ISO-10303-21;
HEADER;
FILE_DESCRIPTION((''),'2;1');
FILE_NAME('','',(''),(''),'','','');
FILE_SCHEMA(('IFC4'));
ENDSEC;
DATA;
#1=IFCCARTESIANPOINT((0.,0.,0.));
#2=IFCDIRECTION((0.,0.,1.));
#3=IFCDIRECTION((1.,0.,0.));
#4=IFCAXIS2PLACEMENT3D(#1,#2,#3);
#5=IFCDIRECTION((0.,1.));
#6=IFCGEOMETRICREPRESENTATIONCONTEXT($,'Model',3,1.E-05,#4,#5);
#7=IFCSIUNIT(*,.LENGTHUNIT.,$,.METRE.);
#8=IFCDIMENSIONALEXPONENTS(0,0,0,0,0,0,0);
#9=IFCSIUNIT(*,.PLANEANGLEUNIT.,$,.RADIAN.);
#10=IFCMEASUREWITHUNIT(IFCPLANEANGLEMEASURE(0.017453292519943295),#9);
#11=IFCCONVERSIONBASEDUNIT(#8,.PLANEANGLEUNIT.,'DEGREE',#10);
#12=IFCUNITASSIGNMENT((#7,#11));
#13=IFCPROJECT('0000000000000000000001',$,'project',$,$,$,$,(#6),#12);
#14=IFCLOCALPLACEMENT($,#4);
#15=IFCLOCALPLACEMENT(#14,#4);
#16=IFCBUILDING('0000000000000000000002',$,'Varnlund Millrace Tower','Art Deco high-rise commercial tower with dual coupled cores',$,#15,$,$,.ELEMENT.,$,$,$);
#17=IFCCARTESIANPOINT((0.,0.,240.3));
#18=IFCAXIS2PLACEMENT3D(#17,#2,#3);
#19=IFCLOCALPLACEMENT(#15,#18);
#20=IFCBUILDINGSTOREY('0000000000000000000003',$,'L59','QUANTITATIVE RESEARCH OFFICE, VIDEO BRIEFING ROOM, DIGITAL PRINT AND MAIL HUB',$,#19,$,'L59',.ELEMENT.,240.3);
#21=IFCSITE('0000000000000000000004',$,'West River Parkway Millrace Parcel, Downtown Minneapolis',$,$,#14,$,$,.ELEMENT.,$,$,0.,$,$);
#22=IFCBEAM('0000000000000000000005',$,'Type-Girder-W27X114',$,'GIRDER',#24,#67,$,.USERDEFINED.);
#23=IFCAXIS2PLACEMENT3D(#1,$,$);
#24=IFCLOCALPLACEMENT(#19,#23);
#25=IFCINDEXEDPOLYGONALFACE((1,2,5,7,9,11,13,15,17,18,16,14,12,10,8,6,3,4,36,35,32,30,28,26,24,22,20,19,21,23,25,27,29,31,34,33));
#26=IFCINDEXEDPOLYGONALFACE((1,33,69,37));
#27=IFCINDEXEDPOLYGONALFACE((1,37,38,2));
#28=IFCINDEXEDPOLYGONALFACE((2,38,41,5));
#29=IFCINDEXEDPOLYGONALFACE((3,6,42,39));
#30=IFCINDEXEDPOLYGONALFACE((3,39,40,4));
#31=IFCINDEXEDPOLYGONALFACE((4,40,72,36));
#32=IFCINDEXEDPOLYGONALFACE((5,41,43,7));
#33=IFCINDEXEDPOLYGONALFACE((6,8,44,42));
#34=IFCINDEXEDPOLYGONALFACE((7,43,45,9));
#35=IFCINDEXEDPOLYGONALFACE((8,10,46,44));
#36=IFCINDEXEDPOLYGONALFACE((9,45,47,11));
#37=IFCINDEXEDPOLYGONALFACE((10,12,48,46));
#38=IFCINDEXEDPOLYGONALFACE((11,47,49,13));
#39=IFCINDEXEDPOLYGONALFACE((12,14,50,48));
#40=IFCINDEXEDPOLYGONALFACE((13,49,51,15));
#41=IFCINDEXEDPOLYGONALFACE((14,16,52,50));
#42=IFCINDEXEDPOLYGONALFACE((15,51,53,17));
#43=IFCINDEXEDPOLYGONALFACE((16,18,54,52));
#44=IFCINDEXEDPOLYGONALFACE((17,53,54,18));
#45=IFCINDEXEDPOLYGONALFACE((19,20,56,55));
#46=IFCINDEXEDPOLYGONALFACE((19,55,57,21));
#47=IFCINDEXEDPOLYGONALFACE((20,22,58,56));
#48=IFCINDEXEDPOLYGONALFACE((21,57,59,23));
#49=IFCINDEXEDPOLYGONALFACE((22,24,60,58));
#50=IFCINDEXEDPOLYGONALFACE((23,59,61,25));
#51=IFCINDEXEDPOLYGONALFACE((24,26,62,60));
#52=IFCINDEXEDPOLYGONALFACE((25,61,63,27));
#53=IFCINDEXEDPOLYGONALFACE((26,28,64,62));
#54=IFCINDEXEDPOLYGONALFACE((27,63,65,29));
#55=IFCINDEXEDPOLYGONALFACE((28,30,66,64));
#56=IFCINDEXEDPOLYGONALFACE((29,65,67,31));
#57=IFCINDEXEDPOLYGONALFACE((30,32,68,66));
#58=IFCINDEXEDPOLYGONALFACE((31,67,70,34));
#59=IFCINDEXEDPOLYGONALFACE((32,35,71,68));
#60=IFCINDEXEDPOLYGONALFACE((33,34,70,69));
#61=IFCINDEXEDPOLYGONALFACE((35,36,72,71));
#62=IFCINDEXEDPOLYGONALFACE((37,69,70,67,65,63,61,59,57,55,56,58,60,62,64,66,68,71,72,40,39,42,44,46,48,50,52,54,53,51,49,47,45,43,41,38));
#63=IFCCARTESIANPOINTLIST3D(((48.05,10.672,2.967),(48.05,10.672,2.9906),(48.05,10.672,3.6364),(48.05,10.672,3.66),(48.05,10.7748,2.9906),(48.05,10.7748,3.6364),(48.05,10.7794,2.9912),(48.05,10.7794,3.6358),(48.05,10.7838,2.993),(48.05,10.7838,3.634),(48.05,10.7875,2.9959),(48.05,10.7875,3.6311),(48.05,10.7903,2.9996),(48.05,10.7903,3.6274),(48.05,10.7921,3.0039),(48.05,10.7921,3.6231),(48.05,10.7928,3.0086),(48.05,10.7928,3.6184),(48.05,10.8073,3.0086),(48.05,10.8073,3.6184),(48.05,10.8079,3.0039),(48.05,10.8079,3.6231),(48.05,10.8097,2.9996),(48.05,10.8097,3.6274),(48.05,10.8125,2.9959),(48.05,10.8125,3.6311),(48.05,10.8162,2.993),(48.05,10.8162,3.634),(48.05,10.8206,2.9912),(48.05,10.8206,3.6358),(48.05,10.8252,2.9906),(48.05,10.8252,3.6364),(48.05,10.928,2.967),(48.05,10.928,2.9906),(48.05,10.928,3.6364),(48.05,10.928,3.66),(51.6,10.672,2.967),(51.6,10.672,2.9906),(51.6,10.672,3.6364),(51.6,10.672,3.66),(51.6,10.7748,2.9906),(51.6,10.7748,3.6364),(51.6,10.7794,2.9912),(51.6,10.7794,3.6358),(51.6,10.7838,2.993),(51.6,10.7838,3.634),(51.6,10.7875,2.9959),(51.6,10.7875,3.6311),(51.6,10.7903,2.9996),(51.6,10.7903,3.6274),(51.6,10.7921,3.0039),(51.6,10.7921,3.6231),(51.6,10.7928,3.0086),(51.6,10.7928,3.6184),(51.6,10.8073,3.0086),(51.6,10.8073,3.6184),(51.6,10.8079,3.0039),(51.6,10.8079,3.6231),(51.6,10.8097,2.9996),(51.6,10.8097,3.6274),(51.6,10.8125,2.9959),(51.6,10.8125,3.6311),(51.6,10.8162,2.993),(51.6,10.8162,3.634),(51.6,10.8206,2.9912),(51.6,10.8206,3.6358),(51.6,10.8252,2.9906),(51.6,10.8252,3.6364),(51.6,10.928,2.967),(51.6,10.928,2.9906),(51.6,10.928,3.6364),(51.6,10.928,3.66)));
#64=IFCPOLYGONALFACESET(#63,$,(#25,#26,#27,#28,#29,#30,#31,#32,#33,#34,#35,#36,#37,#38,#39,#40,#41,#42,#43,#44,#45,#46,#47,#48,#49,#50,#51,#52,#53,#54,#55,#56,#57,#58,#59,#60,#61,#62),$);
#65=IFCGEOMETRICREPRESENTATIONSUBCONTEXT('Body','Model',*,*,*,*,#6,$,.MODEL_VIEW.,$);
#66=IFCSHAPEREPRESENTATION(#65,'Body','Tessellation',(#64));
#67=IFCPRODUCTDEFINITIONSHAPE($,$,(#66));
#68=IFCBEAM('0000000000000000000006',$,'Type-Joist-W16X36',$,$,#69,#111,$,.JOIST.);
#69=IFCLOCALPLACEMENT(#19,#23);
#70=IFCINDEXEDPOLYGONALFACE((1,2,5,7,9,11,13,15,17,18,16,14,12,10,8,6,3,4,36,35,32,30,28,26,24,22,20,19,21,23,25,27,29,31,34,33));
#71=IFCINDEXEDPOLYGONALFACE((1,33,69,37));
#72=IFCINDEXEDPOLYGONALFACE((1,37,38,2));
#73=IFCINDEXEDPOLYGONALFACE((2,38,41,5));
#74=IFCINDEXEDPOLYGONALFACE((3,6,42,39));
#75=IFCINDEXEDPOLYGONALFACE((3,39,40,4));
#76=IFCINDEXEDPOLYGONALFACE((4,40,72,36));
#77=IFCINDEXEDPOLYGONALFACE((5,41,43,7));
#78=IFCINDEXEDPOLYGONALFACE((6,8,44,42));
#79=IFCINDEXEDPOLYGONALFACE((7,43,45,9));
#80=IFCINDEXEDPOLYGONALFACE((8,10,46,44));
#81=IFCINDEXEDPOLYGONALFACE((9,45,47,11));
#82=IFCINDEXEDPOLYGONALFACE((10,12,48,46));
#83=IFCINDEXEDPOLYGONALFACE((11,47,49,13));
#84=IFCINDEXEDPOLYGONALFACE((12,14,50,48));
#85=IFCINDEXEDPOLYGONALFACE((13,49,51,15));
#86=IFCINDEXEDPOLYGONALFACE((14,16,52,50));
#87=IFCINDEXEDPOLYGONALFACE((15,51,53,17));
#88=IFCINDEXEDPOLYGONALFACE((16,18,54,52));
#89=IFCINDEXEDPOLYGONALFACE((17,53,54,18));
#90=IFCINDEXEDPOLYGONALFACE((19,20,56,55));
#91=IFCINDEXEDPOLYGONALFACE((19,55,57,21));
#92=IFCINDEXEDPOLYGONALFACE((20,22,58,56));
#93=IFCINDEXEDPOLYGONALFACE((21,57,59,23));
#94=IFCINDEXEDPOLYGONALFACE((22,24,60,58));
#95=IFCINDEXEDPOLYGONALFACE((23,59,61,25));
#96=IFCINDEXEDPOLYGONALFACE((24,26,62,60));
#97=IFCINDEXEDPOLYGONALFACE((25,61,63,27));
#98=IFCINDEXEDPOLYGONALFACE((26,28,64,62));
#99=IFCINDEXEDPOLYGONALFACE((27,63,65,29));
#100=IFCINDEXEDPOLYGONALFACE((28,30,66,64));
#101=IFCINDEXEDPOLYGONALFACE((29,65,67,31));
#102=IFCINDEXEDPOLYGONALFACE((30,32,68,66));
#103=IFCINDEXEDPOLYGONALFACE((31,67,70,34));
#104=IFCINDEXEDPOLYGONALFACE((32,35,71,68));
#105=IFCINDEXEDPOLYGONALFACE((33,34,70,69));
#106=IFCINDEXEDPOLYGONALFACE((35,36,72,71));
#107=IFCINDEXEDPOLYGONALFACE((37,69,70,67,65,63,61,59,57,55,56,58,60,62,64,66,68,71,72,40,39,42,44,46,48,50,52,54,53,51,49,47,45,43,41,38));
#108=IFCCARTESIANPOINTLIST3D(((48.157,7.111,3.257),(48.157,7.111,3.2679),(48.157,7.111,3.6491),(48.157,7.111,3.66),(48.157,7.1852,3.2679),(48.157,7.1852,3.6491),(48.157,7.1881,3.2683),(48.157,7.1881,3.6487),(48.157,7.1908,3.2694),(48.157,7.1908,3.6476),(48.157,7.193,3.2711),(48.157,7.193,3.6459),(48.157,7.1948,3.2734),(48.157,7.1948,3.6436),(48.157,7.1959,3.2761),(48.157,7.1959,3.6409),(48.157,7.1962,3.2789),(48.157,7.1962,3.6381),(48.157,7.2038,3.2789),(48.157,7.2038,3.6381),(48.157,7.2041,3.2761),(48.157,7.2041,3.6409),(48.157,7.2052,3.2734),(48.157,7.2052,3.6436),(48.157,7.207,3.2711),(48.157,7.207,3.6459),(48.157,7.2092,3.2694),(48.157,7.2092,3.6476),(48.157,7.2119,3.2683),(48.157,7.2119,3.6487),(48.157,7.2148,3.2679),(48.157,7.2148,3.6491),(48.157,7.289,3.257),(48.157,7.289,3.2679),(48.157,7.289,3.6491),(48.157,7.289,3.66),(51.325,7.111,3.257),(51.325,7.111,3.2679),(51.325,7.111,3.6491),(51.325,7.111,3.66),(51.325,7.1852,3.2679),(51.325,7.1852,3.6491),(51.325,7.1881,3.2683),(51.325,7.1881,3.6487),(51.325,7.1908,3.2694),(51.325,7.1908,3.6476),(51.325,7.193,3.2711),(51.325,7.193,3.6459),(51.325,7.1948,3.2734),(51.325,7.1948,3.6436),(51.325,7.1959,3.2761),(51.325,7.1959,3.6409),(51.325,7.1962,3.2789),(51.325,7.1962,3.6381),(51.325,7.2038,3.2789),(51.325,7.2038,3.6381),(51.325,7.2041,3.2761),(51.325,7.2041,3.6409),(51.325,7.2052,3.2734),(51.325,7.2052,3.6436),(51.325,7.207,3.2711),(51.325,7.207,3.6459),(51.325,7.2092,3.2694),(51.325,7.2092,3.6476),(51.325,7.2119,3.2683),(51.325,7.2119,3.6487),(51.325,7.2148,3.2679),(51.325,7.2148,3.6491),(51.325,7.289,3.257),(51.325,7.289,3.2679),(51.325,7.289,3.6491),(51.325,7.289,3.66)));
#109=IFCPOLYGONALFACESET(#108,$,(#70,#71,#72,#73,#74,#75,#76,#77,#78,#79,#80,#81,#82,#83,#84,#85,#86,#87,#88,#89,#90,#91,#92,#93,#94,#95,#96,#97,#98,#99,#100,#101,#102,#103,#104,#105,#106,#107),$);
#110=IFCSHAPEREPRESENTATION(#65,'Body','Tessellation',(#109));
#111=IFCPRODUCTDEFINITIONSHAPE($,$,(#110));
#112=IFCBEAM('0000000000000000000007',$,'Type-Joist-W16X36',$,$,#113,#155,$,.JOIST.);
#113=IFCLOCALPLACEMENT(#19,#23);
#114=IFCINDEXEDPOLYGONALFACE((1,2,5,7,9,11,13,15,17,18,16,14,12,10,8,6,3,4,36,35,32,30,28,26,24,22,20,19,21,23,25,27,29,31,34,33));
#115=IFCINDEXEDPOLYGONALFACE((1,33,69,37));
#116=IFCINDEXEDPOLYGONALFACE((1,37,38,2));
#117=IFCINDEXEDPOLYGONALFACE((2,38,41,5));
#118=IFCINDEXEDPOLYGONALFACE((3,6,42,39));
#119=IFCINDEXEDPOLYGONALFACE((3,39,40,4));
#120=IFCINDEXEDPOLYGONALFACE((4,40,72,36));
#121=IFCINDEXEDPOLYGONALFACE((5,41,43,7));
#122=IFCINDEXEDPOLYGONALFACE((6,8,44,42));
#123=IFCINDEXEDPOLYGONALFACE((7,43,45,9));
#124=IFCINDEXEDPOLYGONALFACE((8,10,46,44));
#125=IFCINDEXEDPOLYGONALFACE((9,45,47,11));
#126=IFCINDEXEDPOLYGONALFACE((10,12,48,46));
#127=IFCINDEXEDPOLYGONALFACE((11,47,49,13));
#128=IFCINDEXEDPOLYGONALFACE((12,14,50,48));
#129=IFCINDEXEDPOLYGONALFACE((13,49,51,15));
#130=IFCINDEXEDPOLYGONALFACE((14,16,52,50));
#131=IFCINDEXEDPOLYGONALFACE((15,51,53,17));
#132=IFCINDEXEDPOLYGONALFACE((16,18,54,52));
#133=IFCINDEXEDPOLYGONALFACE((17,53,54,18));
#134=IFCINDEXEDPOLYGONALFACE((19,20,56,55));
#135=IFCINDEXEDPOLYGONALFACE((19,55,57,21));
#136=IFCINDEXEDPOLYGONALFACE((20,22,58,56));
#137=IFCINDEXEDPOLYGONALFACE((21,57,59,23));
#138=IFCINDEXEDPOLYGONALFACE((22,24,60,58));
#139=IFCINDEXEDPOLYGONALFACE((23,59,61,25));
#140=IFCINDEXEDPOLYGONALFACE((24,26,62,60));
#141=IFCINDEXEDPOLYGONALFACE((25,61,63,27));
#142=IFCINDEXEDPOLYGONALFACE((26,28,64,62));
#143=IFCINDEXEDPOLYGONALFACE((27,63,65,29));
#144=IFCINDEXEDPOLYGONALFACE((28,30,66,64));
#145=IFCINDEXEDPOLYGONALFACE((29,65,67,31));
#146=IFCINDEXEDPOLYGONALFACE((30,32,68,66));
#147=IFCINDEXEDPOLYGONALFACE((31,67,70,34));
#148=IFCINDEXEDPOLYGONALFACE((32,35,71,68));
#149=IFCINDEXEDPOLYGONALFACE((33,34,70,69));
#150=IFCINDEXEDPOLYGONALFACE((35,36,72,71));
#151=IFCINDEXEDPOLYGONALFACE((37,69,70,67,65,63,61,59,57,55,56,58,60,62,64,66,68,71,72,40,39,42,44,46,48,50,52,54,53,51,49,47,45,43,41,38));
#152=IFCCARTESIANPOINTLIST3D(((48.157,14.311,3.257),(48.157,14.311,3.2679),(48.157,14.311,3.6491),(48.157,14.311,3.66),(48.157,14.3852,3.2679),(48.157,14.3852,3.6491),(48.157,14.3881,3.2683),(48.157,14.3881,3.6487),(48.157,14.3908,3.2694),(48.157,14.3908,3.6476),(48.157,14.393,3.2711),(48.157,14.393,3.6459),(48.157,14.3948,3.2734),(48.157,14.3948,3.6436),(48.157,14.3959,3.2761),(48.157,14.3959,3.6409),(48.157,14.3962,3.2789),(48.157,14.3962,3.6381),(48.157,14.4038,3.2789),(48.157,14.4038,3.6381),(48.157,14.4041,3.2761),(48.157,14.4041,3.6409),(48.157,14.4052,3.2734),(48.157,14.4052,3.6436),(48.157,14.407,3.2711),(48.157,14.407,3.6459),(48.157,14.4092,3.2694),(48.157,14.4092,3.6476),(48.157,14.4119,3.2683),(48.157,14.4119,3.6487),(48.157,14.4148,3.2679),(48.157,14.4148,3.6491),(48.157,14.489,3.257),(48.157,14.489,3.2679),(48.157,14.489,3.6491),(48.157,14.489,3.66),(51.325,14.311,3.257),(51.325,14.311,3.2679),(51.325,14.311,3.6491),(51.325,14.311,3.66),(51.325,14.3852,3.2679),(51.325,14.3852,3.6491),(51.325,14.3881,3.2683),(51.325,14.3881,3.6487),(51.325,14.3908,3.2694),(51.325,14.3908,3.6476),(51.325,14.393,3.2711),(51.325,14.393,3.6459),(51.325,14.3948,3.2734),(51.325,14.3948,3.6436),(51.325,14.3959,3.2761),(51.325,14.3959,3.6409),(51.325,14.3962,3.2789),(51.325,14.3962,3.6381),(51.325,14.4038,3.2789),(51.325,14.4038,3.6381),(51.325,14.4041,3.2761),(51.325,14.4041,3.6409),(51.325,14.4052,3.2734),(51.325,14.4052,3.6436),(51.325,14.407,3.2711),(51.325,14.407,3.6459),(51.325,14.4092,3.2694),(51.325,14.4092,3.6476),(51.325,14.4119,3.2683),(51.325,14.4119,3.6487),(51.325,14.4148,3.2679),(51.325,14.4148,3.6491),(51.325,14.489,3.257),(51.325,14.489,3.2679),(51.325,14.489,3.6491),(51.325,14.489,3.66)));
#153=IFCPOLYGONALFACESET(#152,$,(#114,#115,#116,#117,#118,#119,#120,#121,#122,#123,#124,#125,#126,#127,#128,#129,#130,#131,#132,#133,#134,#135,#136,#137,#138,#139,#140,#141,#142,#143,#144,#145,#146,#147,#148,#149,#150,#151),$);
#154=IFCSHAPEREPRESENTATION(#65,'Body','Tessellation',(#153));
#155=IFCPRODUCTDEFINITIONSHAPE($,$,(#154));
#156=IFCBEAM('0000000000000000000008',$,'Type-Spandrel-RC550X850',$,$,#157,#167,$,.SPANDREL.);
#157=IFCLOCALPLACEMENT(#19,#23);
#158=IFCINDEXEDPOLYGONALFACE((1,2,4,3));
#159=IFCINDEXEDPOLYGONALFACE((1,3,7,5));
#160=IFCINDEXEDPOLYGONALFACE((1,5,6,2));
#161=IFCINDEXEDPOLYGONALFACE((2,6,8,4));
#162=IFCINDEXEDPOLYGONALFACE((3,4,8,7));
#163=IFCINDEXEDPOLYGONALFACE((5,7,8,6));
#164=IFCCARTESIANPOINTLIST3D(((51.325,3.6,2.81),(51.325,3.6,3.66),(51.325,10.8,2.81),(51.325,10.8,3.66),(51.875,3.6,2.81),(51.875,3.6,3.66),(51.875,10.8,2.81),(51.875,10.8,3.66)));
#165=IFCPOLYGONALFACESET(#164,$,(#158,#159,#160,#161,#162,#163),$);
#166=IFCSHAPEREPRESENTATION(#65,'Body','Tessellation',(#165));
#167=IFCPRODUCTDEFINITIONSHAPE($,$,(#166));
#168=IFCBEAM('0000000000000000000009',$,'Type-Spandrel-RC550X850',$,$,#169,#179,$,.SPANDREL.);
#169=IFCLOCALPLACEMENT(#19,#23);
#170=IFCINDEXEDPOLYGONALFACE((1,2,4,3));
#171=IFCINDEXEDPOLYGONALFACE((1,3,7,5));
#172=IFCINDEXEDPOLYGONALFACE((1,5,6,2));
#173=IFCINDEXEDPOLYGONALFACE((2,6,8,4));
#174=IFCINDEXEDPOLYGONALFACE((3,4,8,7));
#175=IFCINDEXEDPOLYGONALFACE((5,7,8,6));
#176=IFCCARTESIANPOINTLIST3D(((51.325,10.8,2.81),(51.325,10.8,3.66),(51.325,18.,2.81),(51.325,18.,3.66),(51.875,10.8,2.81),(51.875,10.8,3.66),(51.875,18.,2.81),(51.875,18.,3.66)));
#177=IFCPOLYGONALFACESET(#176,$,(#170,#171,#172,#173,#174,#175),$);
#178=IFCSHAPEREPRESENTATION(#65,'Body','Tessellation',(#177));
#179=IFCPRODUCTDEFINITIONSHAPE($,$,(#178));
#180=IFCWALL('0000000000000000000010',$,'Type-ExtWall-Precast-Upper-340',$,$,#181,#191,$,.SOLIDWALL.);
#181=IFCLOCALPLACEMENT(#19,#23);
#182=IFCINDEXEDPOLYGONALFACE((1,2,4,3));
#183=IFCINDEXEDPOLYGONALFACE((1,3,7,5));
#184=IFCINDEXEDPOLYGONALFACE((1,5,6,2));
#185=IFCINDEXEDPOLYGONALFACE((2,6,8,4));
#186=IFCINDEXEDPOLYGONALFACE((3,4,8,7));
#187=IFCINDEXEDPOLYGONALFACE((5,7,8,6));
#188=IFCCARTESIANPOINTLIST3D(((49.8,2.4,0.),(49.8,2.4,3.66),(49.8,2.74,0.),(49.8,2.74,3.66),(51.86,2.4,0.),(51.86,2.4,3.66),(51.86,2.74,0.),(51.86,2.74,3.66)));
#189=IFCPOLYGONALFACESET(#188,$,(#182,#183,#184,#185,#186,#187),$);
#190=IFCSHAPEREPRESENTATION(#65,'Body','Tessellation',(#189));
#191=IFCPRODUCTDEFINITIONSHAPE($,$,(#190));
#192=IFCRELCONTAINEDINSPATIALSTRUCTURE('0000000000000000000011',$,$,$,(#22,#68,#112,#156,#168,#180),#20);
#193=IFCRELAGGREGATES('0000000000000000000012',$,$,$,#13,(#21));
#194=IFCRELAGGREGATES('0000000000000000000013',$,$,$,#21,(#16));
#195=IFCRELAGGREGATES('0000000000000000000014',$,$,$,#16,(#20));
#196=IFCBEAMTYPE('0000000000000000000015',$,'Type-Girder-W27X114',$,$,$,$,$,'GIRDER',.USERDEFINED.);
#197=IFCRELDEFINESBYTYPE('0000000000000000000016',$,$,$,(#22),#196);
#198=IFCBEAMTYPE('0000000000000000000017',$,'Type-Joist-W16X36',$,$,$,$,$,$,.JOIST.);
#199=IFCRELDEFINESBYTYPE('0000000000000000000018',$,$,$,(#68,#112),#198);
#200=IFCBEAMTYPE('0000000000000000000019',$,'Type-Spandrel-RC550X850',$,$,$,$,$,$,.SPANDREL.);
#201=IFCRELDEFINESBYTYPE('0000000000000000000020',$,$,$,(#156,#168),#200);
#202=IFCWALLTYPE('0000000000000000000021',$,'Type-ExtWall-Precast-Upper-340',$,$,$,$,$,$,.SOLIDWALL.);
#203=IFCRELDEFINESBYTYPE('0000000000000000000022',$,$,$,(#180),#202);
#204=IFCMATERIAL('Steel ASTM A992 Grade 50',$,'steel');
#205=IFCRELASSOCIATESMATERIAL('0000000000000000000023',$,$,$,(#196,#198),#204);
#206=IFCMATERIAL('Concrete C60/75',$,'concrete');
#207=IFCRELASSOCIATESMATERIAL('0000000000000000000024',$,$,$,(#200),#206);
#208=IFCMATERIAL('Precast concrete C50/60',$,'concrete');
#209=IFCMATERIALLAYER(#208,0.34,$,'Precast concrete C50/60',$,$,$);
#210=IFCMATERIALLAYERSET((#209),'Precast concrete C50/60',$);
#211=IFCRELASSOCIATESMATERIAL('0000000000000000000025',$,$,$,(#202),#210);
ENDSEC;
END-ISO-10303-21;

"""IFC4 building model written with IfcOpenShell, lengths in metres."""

from ifc_helpers import new_model, entity, si_unit, converted_unit, direction, frame, origin_with_axes, origin_2d_with_axis, place, context, subcontext, project, spatial, polyline, rectangle, i_section, outline, extrude, material, layer, layer_set, material_profile, profile_set, type_object, element, save


model = new_model("IFC4")

# Units and contexts
model_context = context("Model", 3, precision=1e-05, world=origin_with_axes(), true_north=direction((0.0, 1.0)))
body_context = subcontext(model_context, "Body", "Model", "MODEL_VIEW")
ifc_project = project(units=[si_unit("LENGTHUNIT", "METRE"), converted_unit("PLANEANGLEUNIT", "DEGREE", entity("IfcPlaneAngleMeasure", 0.017453292519943295), si_unit("PLANEANGLEUNIT", "RADIAN"), dimensions=[0, 0, 0, 0, 0, 0, 0])], contexts=[model_context])

# Site, building, storey
site_placement = place(None, origin_with_axes())
site = spatial("IfcSite", under=ifc_project, at=site_placement, Name="West River Parkway Millrace Parcel, Downtown Minneapolis", CompositionType="ELEMENT", RefElevation=0.0)
building_placement = place(site_placement, origin_with_axes())
building = spatial("IfcBuilding", under=site, at=building_placement, Name="Varnlund Millrace Tower", Description="Art Deco high-rise commercial tower with dual coupled cores", CompositionType="ELEMENT")
storey_placement = place(building_placement, frame((0.0, 0.0, 240.3), z_axis=(0.0, 0.0, 1.0), x_axis=(1.0, 0.0, 0.0)))
storey = spatial("IfcBuildingStorey", under=building, at=storey_placement, Name="L59", Description="QUANTITATIVE RESEARCH OFFICE, VIDEO BRIEFING ROOM, DIGITAL PRINT AND MAIL HUB", LongName="L59", CompositionType="ELEMENT", Elevation=240.3)

# Beams
ifc_material_1 = material(Name="Steel ASTM A992 Grade 50", Category="steel")
ifc_material_profile_1 = material_profile(ifc_material_1, i_section(OverallWidth=0.256, OverallDepth=0.693, WebThickness=0.0145, FlangeThickness=0.0236, FilletRadius=0.018, at=origin_2d_with_axis()), Name="Steel ASTM A992 Grade 50")
ifc_profile_set_1 = profile_set([ifc_material_profile_1], Name="Steel ASTM A992 Grade 50")
beam_type_1 = type_object("IfcBeamType", Name="Type-Girder-W27X114", ElementType="GIRDER", PredefinedType="USERDEFINED", material=ifc_profile_set_1)
beam_1_placement = place(storey_placement, frame((48.05, 10.8, 3.3135), z_axis=(1.0, 0.0, 0.0), x_axis=(0.0, 1.0, 0.0)))
element("IfcBeam", 1, at=beam_1_placement, inside=storey, type_object=beam_type_1, Name="Type-Girder-W27X114", ObjectType="GIRDER", PredefinedType="USERDEFINED", context=body_context, shape_type="SweptSolid", body=[
    extrude(i_section(OverallWidth=0.256, OverallDepth=0.693, WebThickness=0.0145, FlangeThickness=0.0236, FilletRadius=0.018, at=origin_2d_with_axis()), origin_with_axes(), (0.0, 0.0, 1.0), 3.55),
])
ifc_material_profile_2 = material_profile(ifc_material_1, i_section(OverallWidth=0.178, OverallDepth=0.403, WebThickness=0.0075, FlangeThickness=0.0109, FilletRadius=0.011, at=origin_2d_with_axis()), Name="Steel ASTM A992 Grade 50")
ifc_profile_set_2 = profile_set([ifc_material_profile_2], Name="Steel ASTM A992 Grade 50")
beam_type_2 = type_object("IfcBeamType", Name="Type-Joist-W16X36", PredefinedType="JOIST", material=ifc_profile_set_2)
for number, where, z_axis, x_axis, name in (
    (2, (48.157, 7.2, 3.4585), (1.0, 0.0, 0.0), (0.0, 1.0, 0.0), "Type-Joist-W16X36"),
    (3, (48.157, 14.4, 3.4585), (1.0, 0.0, 0.0), (0.0, 1.0, 0.0), "Type-Joist-W16X36"),
):
    element("IfcBeam", number, at=place(storey_placement, frame(where, z_axis=z_axis, x_axis=x_axis)), inside=storey, type_object=beam_type_2, Name=name, PredefinedType="JOIST", context=body_context, shape_type="SweptSolid", body=[
        extrude(i_section(OverallWidth=0.178, OverallDepth=0.403, WebThickness=0.0075, FlangeThickness=0.0109, FilletRadius=0.011, at=origin_2d_with_axis()), origin_with_axes(), (0.0, 0.0, 1.0), 3.168),
    ])
ifc_material_2 = material(Name="Concrete C60/75", Category="concrete")
ifc_material_profile_3 = material_profile(ifc_material_2, rectangle(XDim=0.55, YDim=0.85, at=origin_2d_with_axis()), Name="Concrete C60/75")
ifc_profile_set_3 = profile_set([ifc_material_profile_3], Name="Concrete C60/75")
beam_type_3 = type_object("IfcBeamType", Name="Type-Spandrel-RC550X850", PredefinedType="SPANDREL", material=ifc_profile_set_3)
for number, where, z_axis, x_axis, name in (
    (4, (51.6, 3.6, 3.235), (0.0, 1.0, 0.0), (-1.0, 0.0, 0.0), "Type-Spandrel-RC550X850"),
    (5, (51.6, 10.8, 3.235), (0.0, 1.0, 0.0), (-1.0, 0.0, 0.0), "Type-Spandrel-RC550X850"),
):
    element("IfcBeam", number, at=place(storey_placement, frame(where, z_axis=z_axis, x_axis=x_axis)), inside=storey, type_object=beam_type_3, Name=name, PredefinedType="SPANDREL", context=body_context, shape_type="SweptSolid", body=[
        extrude(rectangle(XDim=0.55, YDim=0.85, at=origin_2d_with_axis()), origin_with_axes(), (0.0, 0.0, 1.0), 7.2),
    ])

# Wall
ifc_material_3 = material(Name="Precast concrete C50/60", Category="concrete")
ifc_layer_1 = layer(ifc_material_3, 0.34, Name="Precast concrete C50/60")
ifc_layer_set_1 = layer_set([ifc_layer_1], Name="Precast concrete C50/60")
wall_type_1 = type_object("IfcWallType", Name="Type-ExtWall-Precast-Upper-340", PredefinedType="SOLIDWALL", material=ifc_layer_set_1)
wall_1_placement = place(storey_placement, frame((51.86, 2.57, 0.0), z_axis=(0.0, 0.0, 1.0), x_axis=(-1.0, 0.0, 0.0)))
element("IfcWall", 6, at=wall_1_placement, inside=storey, type_object=wall_type_1, Name="Type-ExtWall-Precast-Upper-340", PredefinedType="SOLIDWALL", context=body_context, shape_type="SweptSolid", body=[
    extrude(outline(polyline([(0.0, -0.17), (2.06, -0.17), (2.06, 0.17), (0.0, 0.17), (0.0, -0.17)])), origin_with_axes(), (0.0, 0.0, 1.0), 3.66),
])

save(model, "model.ifc")
